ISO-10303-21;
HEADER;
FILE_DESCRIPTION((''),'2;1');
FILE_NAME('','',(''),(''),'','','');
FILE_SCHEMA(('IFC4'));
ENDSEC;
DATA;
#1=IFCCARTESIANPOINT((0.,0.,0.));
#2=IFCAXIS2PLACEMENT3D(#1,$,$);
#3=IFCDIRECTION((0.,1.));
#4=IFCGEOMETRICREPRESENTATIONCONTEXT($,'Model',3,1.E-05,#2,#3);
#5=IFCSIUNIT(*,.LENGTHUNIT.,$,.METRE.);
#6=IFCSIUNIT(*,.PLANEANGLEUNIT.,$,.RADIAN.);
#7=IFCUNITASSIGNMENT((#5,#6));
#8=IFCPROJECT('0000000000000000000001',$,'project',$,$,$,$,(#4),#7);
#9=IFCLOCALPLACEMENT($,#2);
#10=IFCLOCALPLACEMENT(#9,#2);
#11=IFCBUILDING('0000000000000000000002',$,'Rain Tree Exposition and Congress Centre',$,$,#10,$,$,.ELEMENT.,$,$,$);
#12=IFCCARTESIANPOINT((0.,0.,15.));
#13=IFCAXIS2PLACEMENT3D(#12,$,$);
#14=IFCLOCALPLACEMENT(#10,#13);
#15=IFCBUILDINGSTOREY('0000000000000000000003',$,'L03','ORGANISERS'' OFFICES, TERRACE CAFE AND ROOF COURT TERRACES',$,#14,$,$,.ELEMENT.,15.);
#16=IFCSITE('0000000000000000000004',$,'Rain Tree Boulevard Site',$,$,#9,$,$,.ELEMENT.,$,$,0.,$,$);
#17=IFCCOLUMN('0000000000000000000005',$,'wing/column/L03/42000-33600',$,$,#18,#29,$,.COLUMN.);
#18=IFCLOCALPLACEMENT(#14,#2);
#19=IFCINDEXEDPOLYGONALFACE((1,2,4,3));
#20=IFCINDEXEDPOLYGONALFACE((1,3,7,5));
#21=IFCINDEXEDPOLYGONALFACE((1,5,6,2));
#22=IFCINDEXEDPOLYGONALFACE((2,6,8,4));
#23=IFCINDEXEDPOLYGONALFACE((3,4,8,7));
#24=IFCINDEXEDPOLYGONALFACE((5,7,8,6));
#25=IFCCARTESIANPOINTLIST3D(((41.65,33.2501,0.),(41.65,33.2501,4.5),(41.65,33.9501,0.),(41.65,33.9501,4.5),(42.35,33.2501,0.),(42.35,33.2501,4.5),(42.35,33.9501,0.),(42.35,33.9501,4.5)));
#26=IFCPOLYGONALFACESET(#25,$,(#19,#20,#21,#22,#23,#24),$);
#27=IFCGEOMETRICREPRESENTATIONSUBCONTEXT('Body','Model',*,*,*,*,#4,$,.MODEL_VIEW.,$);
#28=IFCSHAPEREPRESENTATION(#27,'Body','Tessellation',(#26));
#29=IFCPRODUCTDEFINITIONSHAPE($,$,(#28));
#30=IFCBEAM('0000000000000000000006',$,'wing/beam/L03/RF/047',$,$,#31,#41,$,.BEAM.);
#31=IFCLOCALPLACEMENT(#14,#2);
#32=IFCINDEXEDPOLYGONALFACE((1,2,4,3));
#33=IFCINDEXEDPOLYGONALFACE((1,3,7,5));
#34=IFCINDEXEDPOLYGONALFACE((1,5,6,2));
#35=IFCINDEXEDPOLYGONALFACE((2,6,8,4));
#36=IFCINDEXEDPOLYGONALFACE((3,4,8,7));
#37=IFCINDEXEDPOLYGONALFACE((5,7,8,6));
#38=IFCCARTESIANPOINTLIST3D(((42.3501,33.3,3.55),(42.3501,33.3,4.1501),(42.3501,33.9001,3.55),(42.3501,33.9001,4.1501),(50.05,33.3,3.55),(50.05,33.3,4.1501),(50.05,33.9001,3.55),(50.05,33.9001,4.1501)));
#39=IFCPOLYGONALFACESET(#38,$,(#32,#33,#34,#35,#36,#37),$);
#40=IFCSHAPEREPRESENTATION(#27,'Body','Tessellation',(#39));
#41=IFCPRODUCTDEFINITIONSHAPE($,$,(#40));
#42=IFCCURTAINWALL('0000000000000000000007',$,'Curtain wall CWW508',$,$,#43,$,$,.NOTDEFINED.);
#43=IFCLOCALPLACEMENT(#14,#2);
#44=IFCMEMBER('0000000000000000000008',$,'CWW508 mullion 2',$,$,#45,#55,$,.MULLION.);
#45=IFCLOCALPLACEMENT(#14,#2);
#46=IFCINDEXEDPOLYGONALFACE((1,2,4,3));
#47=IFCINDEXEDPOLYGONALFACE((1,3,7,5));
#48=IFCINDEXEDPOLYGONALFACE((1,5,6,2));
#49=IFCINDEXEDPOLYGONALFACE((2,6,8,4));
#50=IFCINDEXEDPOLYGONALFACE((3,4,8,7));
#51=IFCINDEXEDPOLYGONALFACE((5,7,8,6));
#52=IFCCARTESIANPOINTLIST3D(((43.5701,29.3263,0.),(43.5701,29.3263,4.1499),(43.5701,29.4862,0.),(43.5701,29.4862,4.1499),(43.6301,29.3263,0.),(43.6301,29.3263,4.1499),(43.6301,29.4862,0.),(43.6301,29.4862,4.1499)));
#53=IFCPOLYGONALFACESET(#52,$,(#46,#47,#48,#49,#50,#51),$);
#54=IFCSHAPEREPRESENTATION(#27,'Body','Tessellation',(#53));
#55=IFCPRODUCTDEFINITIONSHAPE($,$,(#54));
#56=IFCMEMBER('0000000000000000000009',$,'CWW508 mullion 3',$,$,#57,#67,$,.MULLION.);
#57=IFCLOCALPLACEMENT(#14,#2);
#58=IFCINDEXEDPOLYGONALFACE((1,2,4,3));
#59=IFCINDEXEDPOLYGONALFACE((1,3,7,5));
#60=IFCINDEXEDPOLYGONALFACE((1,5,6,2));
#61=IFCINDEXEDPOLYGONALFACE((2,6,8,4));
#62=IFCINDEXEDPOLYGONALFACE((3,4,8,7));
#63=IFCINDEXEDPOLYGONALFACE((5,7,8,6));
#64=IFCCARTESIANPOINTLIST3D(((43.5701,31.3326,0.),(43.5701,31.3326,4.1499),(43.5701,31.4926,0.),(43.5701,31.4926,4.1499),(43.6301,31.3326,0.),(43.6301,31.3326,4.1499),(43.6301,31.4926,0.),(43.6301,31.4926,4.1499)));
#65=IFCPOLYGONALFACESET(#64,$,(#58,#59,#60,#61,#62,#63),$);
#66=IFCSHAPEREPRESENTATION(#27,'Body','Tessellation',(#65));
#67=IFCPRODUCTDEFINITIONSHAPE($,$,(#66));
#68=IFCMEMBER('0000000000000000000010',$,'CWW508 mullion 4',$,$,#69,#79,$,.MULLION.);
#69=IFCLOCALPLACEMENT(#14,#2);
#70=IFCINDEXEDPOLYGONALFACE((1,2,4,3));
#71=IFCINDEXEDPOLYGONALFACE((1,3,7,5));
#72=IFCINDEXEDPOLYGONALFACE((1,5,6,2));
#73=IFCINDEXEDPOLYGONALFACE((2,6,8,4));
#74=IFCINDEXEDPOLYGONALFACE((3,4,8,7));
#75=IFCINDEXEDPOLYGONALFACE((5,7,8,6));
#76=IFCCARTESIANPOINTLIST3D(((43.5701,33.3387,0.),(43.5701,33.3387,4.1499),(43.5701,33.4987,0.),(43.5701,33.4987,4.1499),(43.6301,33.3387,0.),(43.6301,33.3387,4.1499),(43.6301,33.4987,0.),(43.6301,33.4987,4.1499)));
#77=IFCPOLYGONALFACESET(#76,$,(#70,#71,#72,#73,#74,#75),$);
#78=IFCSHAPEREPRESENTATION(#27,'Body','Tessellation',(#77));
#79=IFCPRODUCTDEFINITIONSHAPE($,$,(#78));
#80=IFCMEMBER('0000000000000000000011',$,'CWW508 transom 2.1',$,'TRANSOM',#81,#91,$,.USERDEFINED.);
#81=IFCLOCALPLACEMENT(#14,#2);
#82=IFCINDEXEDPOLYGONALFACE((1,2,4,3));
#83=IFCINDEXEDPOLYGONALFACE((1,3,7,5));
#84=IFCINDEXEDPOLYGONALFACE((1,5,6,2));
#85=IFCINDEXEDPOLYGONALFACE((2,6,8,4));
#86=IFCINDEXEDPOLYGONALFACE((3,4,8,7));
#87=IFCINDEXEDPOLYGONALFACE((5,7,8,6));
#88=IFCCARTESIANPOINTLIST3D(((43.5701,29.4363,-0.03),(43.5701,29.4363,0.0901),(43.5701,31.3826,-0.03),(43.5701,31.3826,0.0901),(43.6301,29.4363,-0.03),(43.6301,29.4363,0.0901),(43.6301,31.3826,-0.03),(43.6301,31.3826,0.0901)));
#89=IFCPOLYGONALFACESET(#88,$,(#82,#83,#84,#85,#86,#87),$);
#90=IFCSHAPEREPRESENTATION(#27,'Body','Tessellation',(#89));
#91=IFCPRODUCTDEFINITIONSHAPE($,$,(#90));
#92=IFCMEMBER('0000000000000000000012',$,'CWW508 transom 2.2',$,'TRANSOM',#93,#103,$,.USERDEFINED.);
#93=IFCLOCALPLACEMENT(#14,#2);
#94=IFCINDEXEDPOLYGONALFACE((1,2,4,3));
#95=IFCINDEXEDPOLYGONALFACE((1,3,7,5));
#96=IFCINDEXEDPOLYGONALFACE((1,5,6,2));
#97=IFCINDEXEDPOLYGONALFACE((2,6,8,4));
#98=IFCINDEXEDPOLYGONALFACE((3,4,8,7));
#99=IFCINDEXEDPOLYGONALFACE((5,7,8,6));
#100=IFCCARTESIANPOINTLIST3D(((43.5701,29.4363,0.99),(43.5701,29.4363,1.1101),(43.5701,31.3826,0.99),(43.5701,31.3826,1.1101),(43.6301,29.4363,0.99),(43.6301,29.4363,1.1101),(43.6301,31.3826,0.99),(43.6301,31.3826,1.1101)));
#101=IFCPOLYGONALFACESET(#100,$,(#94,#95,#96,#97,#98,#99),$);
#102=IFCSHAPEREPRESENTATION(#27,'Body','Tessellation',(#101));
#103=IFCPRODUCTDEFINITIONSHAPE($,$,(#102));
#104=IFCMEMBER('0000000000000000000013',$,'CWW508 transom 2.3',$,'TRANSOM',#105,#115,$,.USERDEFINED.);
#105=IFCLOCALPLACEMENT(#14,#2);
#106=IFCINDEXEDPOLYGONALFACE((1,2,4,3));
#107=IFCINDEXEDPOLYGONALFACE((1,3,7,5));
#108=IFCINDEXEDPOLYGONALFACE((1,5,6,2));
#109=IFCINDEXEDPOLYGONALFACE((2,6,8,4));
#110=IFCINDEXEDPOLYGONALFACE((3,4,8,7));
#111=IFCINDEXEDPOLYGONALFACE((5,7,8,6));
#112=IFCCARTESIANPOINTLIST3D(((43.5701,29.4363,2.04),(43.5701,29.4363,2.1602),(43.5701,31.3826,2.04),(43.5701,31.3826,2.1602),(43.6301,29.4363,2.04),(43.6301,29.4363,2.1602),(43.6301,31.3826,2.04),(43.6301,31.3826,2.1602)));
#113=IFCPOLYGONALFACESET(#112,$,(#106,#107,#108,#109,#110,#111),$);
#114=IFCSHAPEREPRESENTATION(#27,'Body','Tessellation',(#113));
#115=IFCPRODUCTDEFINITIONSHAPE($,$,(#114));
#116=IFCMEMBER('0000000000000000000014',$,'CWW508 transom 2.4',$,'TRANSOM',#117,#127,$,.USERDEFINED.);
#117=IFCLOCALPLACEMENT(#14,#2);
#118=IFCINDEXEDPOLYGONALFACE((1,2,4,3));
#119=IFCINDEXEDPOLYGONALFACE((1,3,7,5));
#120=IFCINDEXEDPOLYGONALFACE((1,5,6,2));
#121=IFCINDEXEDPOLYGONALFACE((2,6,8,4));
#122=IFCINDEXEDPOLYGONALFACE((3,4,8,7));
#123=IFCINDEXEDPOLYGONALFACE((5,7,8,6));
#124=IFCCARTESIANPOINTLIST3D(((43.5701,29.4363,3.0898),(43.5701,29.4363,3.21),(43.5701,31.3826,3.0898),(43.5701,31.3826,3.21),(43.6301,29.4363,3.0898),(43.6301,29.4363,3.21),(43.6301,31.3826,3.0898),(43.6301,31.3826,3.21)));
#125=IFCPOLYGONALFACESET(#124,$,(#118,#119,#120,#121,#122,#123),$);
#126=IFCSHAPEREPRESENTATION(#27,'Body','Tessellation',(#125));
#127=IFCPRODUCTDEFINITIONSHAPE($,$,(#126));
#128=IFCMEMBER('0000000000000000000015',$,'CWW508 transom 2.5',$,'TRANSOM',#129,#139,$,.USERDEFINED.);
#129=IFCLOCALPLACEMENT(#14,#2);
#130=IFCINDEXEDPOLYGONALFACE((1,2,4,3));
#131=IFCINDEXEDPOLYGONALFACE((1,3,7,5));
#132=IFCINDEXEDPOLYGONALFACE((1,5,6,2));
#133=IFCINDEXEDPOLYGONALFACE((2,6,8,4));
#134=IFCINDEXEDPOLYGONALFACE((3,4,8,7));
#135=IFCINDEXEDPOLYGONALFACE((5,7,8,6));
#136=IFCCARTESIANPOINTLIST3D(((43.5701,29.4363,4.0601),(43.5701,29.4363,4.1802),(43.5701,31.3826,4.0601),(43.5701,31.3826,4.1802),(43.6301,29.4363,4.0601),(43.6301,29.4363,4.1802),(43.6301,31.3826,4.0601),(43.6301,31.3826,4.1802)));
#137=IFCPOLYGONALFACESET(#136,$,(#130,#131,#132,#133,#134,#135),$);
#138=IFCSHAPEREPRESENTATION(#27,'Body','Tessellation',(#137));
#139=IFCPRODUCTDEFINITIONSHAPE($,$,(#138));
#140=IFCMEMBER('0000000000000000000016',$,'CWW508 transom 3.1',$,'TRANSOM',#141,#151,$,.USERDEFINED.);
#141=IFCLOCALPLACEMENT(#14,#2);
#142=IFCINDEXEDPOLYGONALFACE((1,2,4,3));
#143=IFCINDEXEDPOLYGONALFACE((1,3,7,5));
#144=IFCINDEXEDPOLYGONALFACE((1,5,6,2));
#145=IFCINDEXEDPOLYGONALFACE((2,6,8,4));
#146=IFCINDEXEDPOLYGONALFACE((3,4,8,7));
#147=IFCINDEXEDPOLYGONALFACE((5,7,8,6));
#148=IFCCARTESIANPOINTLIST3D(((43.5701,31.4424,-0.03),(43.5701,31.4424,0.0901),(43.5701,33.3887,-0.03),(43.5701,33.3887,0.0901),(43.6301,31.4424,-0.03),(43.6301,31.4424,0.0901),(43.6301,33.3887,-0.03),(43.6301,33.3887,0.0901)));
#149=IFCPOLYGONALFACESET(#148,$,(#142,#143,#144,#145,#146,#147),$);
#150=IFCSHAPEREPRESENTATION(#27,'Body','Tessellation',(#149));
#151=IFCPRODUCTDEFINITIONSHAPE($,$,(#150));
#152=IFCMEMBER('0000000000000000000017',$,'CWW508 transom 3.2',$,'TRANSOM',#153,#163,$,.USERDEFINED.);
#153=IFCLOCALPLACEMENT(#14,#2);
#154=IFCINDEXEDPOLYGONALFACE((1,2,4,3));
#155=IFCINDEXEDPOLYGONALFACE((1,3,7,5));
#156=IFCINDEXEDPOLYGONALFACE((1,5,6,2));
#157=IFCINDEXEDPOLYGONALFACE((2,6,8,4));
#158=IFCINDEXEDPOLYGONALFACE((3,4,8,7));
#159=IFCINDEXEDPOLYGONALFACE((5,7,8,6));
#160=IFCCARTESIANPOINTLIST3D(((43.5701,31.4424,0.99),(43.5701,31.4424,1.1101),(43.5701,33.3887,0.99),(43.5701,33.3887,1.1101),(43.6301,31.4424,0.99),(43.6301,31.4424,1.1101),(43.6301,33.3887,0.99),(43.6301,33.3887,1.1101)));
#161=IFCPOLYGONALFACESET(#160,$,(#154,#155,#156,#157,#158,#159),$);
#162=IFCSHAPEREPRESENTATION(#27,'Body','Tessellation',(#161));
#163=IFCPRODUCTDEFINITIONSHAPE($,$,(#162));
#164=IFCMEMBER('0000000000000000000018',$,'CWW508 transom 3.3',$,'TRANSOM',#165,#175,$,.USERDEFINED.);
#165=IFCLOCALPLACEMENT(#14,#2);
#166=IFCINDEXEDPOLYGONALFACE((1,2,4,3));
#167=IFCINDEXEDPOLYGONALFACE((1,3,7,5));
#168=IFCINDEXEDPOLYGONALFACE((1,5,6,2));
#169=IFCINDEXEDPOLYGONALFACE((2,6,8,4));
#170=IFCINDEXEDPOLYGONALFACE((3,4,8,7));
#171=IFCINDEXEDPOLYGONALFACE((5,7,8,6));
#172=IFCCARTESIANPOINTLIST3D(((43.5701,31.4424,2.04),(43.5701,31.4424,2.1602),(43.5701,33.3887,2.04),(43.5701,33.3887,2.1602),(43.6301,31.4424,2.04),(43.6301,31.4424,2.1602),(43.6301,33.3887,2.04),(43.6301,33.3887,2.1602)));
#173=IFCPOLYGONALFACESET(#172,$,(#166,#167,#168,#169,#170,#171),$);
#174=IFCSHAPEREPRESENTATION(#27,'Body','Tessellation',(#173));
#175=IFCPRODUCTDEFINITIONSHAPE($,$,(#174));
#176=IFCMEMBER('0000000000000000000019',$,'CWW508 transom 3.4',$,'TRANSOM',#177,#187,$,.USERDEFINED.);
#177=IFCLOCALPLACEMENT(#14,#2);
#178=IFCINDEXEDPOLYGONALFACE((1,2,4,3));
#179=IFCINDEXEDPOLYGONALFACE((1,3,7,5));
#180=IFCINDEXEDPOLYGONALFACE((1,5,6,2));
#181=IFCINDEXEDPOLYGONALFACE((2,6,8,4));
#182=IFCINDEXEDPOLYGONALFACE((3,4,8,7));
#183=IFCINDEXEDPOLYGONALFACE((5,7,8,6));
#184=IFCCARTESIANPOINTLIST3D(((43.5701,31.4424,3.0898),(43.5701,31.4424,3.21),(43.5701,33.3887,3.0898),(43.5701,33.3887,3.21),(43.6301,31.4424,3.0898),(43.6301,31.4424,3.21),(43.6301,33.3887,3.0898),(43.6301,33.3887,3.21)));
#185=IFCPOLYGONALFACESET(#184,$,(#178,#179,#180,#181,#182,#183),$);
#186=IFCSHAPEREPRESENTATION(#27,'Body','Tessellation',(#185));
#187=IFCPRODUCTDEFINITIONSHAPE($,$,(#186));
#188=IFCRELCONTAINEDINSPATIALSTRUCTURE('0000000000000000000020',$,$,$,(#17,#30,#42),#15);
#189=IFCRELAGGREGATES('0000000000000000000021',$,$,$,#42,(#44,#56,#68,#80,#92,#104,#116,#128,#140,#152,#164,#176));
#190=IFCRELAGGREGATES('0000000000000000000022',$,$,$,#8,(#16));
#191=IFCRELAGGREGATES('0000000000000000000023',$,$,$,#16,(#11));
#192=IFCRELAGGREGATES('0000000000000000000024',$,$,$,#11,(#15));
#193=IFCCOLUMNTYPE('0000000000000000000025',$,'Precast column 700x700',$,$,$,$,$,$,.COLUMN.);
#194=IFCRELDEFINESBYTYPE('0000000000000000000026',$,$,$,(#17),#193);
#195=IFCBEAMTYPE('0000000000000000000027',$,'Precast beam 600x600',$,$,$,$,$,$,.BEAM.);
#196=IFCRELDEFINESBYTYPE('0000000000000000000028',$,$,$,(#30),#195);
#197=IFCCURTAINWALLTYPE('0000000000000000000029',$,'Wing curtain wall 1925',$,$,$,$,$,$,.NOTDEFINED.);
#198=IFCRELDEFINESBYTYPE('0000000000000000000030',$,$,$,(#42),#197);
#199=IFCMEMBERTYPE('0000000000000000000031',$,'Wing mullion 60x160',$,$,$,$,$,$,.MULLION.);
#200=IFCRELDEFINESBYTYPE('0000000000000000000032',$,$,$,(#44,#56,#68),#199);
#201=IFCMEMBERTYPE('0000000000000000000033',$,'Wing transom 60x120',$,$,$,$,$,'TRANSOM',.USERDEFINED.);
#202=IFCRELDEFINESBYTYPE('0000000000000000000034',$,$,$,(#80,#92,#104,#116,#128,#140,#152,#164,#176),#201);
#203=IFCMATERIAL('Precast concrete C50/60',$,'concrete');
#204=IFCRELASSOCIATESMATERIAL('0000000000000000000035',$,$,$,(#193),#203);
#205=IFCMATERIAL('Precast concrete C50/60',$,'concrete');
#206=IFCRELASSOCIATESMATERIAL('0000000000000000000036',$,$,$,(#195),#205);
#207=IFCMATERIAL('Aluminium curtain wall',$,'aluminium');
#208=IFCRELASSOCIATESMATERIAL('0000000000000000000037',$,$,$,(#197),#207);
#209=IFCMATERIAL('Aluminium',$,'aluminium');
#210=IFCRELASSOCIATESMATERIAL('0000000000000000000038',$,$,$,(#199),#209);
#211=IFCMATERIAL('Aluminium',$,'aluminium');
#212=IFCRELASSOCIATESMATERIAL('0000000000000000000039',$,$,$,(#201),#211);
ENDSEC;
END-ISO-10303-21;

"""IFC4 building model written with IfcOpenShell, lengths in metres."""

from ifc_helpers import new_model, si_unit, direction, frame, origin, origin_2d, place, context, subcontext, project, spatial, rectangle, extrude, material, material_profile, profile_set, type_object, element, aggregate, save


model = new_model("IFC4")

# Units and contexts
model_context = context("Model", 3, precision=1e-05, world=origin(), true_north=direction((0.0, 1.0)))
body_context = subcontext(model_context, "Body", "Model", "MODEL_VIEW")
ifc_project = project(units=[si_unit("LENGTHUNIT", "METRE"), si_unit("PLANEANGLEUNIT", "RADIAN")], contexts=[model_context])

# Site, building, storey
site_placement = place(None, origin())
site = spatial("IfcSite", under=ifc_project, at=site_placement, Name="Rain Tree Boulevard Site", CompositionType="ELEMENT", RefElevation=0.0)
building_placement = place(site_placement, origin())
building = spatial("IfcBuilding", under=site, at=building_placement, Name="Rain Tree Exposition and Congress Centre", CompositionType="ELEMENT")
storey_placement = place(building_placement, frame((0.0, 0.0, 15.0)))
storey = spatial("IfcBuildingStorey", under=building, at=storey_placement, Name="L03", Description="ORGANISERS' OFFICES, TERRACE CAFE AND ROOF COURT TERRACES", CompositionType="ELEMENT", Elevation=15.0)

# Column
ifc_material_1 = material(Name="Precast concrete C50/60", Category="concrete")
ifc_material_profile_1 = material_profile(ifc_material_1, rectangle(XDim=0.7, YDim=0.7, at=origin_2d()), Name="RC 700x700")
ifc_profile_set_1 = profile_set([ifc_material_profile_1], Name="Precast concrete C50/60")
column_type = type_object("IfcColumnType", Name="Precast column 700x700", PredefinedType="COLUMN", material=ifc_profile_set_1)
column_placement = place(storey_placement, frame((42.0, 33.6001, 0.0), z_axis=(0.0, 0.0, 1.0), x_axis=(1.0, 0.0, 0.0)))
element("IfcColumn", 1, at=column_placement, inside=storey, type_object=column_type, Name="wing/column/L03/42000-33600", PredefinedType="COLUMN", context=body_context, shape_type="SweptSolid", body=[
    extrude(rectangle(XDim=0.7, YDim=0.7, at=origin_2d()), origin(), (0.0, 0.0, 1.0), 4.5),
])

# Beam
ifc_material_2 = material(Name="Precast concrete C50/60", Category="concrete")
ifc_material_profile_2 = material_profile(ifc_material_2, rectangle(XDim=0.6001, YDim=0.6001, at=origin_2d()), Name="RC 600x600")
ifc_profile_set_2 = profile_set([ifc_material_profile_2], Name="Precast concrete C50/60")
beam_type = type_object("IfcBeamType", Name="Precast beam 600x600", PredefinedType="BEAM", material=ifc_profile_set_2)
beam_placement = place(storey_placement, frame((42.3501, 33.6001, 3.8501), z_axis=(1.0, 0.0, 0.0), x_axis=(0.0, 1.0, 0.0)))
element("IfcBeam", 2, at=beam_placement, inside=storey, type_object=beam_type, Name="wing/beam/L03/RF/047", PredefinedType="BEAM", context=body_context, shape_type="SweptSolid", body=[
    extrude(rectangle(XDim=0.6001, YDim=0.6001, at=origin_2d()), origin(), (0.0, 0.0, 1.0), 7.7),
])

# Curtain wall, members
ifc_material_3 = material(Name="Aluminium curtain wall", Category="aluminium")
curtain_wall_type = type_object("IfcCurtainWallType", Name="Wing curtain wall 1925", PredefinedType="NOTDEFINED", material=ifc_material_3)
curtain_wall_placement = place(storey_placement, origin())
curtain_wall = element("IfcCurtainWall", 3, at=curtain_wall_placement, inside=storey, type_object=curtain_wall_type, Name="Curtain wall CWW508", PredefinedType="NOTDEFINED")
ifc_material_4 = material(Name="Aluminium", Category="aluminium")
ifc_material_profile_3 = material_profile(ifc_material_4, rectangle(XDim=0.0601, YDim=0.1599, at=origin_2d()), Name="Aluminium 60x160")
ifc_profile_set_3 = profile_set([ifc_material_profile_3], Name="Aluminium")
member_type_1 = type_object("IfcMemberType", Name="Wing mullion 60x160", PredefinedType="MULLION", material=ifc_profile_set_3)
member_1_placement = place(storey_placement, frame((43.6001, 29.4062, 0.0), z_axis=(0.0, 0.0, 1.0), x_axis=(-1.0, 0.0, 0.0)))
member_1 = element("IfcMember", 4, at=member_1_placement, type_object=member_type_1, Name="CWW508 mullion 2", PredefinedType="MULLION", context=body_context, shape_type="SweptSolid", body=[
    extrude(rectangle(XDim=0.0601, YDim=0.1599, at=origin_2d()), origin(), (0.0, 0.0, 1.0), 4.1499),
])
member_2_placement = place(storey_placement, frame((43.6001, 31.4126, 0.0), z_axis=(0.0, 0.0, 1.0), x_axis=(-1.0, 0.0, 0.0)))
member_2 = element("IfcMember", 5, at=member_2_placement, type_object=member_type_1, Name="CWW508 mullion 3", PredefinedType="MULLION", context=body_context, shape_type="SweptSolid", body=[
    extrude(rectangle(XDim=0.0601, YDim=0.1599, at=origin_2d()), origin(), (0.0, 0.0, 1.0), 4.1499),
])
member_3_placement = place(storey_placement, frame((43.6001, 33.4187, 0.0), z_axis=(0.0, 0.0, 1.0), x_axis=(-1.0, 0.0, 0.0)))
member_3 = element("IfcMember", 6, at=member_3_placement, type_object=member_type_1, Name="CWW508 mullion 4", PredefinedType="MULLION", context=body_context, shape_type="SweptSolid", body=[
    extrude(rectangle(XDim=0.0601, YDim=0.1599, at=origin_2d()), origin(), (0.0, 0.0, 1.0), 4.1499),
])
ifc_material_5 = material(Name="Aluminium", Category="aluminium")
ifc_material_profile_4 = material_profile(ifc_material_5, rectangle(XDim=0.0601, YDim=0.1201, at=origin_2d()), Name="Aluminium 60x120")
ifc_profile_set_4 = profile_set([ifc_material_profile_4], Name="Aluminium")
member_type_2 = type_object("IfcMemberType", Name="Wing transom 60x120", ElementType="TRANSOM", PredefinedType="USERDEFINED", material=ifc_profile_set_4)
member_4_placement = place(storey_placement, frame((43.6001, 29.4363, 0.03), z_axis=(0.0, 1.0, 0.0), x_axis=(-1.0, 0.0, 0.0)))
member_4 = element("IfcMember", 7, at=member_4_placement, type_object=member_type_2, Name="CWW508 transom 2.1", ObjectType="TRANSOM", PredefinedType="USERDEFINED", context=body_context, shape_type="SweptSolid", body=[
    extrude(rectangle(XDim=0.0601, YDim=0.1201, at=origin_2d()), origin(), (0.0, 0.0, 1.0), 1.9463),
])
member_5_placement = place(storey_placement, frame((43.6001, 29.4363, 1.05), z_axis=(0.0, 1.0, 0.0), x_axis=(-1.0, 0.0, 0.0)))
member_5 = element("IfcMember", 8, at=member_5_placement, type_object=member_type_2, Name="CWW508 transom 2.2", ObjectType="TRANSOM", PredefinedType="USERDEFINED", context=body_context, shape_type="SweptSolid", body=[
    extrude(rectangle(XDim=0.0601, YDim=0.1201, at=origin_2d()), origin(), (0.0, 0.0, 1.0), 1.9463),
])
member_6_placement = place(storey_placement, frame((43.6001, 29.4363, 2.1001), z_axis=(0.0, 1.0, 0.0), x_axis=(-1.0, 0.0, 0.0)))
member_6 = element("IfcMember", 9, at=member_6_placement, type_object=member_type_2, Name="CWW508 transom 2.3", ObjectType="TRANSOM", PredefinedType="USERDEFINED", context=body_context, shape_type="SweptSolid", body=[
    extrude(rectangle(XDim=0.0601, YDim=0.1201, at=origin_2d()), origin(), (0.0, 0.0, 1.0), 1.9463),
])
member_7_placement = place(storey_placement, frame((43.6001, 29.4363, 3.1499), z_axis=(0.0, 1.0, 0.0), x_axis=(-1.0, 0.0, 0.0)))
member_7 = element("IfcMember", 10, at=member_7_placement, type_object=member_type_2, Name="CWW508 transom 2.4", ObjectType="TRANSOM", PredefinedType="USERDEFINED", context=body_context, shape_type="SweptSolid", body=[
    extrude(rectangle(XDim=0.0601, YDim=0.1201, at=origin_2d()), origin(), (0.0, 0.0, 1.0), 1.9463),
])
member_8_placement = place(storey_placement, frame((43.6001, 29.4363, 4.1201), z_axis=(0.0, 1.0, 0.0), x_axis=(-1.0, 0.0, 0.0)))
member_8 = element("IfcMember", 11, at=member_8_placement, type_object=member_type_2, Name="CWW508 transom 2.5", ObjectType="TRANSOM", PredefinedType="USERDEFINED", context=body_context, shape_type="SweptSolid", body=[
    extrude(rectangle(XDim=0.0601, YDim=0.1201, at=origin_2d()), origin(), (0.0, 0.0, 1.0), 1.9463),
])
member_9_placement = place(storey_placement, frame((43.6001, 31.4424, 0.03), z_axis=(0.0, 1.0, 0.0), x_axis=(-1.0, 0.0, 0.0)))
member_9 = element("IfcMember", 12, at=member_9_placement, type_object=member_type_2, Name="CWW508 transom 3.1", ObjectType="TRANSOM", PredefinedType="USERDEFINED", context=body_context, shape_type="SweptSolid", body=[
    extrude(rectangle(XDim=0.0601, YDim=0.1201, at=origin_2d()), origin(), (0.0, 0.0, 1.0), 1.9463),
])
member_10_placement = place(storey_placement, frame((43.6001, 31.4424, 1.05), z_axis=(0.0, 1.0, 0.0), x_axis=(-1.0, 0.0, 0.0)))
member_10 = element("IfcMember", 13, at=member_10_placement, type_object=member_type_2, Name="CWW508 transom 3.2", ObjectType="TRANSOM", PredefinedType="USERDEFINED", context=body_context, shape_type="SweptSolid", body=[
    extrude(rectangle(XDim=0.0601, YDim=0.1201, at=origin_2d()), origin(), (0.0, 0.0, 1.0), 1.9463),
])
member_11_placement = place(storey_placement, frame((43.6001, 31.4424, 2.1001), z_axis=(0.0, 1.0, 0.0), x_axis=(-1.0, 0.0, 0.0)))
member_11 = element("IfcMember", 14, at=member_11_placement, type_object=member_type_2, Name="CWW508 transom 3.3", ObjectType="TRANSOM", PredefinedType="USERDEFINED", context=body_context, shape_type="SweptSolid", body=[
    extrude(rectangle(XDim=0.0601, YDim=0.1201, at=origin_2d()), origin(), (0.0, 0.0, 1.0), 1.9463),
])
member_12_placement = place(storey_placement, frame((43.6001, 31.4424, 3.1499), z_axis=(0.0, 1.0, 0.0), x_axis=(-1.0, 0.0, 0.0)))
member_12 = element("IfcMember", 15, at=member_12_placement, type_object=member_type_2, Name="CWW508 transom 3.4", ObjectType="TRANSOM", PredefinedType="USERDEFINED", context=body_context, shape_type="SweptSolid", body=[
    extrude(rectangle(XDim=0.0601, YDim=0.1201, at=origin_2d()), origin(), (0.0, 0.0, 1.0), 1.9463),
])
aggregate(curtain_wall, [member_1, member_2, member_3, member_4, member_5, member_6, member_7, member_8, member_9, member_10, member_11, member_12])

save(model, "model.ifc")
